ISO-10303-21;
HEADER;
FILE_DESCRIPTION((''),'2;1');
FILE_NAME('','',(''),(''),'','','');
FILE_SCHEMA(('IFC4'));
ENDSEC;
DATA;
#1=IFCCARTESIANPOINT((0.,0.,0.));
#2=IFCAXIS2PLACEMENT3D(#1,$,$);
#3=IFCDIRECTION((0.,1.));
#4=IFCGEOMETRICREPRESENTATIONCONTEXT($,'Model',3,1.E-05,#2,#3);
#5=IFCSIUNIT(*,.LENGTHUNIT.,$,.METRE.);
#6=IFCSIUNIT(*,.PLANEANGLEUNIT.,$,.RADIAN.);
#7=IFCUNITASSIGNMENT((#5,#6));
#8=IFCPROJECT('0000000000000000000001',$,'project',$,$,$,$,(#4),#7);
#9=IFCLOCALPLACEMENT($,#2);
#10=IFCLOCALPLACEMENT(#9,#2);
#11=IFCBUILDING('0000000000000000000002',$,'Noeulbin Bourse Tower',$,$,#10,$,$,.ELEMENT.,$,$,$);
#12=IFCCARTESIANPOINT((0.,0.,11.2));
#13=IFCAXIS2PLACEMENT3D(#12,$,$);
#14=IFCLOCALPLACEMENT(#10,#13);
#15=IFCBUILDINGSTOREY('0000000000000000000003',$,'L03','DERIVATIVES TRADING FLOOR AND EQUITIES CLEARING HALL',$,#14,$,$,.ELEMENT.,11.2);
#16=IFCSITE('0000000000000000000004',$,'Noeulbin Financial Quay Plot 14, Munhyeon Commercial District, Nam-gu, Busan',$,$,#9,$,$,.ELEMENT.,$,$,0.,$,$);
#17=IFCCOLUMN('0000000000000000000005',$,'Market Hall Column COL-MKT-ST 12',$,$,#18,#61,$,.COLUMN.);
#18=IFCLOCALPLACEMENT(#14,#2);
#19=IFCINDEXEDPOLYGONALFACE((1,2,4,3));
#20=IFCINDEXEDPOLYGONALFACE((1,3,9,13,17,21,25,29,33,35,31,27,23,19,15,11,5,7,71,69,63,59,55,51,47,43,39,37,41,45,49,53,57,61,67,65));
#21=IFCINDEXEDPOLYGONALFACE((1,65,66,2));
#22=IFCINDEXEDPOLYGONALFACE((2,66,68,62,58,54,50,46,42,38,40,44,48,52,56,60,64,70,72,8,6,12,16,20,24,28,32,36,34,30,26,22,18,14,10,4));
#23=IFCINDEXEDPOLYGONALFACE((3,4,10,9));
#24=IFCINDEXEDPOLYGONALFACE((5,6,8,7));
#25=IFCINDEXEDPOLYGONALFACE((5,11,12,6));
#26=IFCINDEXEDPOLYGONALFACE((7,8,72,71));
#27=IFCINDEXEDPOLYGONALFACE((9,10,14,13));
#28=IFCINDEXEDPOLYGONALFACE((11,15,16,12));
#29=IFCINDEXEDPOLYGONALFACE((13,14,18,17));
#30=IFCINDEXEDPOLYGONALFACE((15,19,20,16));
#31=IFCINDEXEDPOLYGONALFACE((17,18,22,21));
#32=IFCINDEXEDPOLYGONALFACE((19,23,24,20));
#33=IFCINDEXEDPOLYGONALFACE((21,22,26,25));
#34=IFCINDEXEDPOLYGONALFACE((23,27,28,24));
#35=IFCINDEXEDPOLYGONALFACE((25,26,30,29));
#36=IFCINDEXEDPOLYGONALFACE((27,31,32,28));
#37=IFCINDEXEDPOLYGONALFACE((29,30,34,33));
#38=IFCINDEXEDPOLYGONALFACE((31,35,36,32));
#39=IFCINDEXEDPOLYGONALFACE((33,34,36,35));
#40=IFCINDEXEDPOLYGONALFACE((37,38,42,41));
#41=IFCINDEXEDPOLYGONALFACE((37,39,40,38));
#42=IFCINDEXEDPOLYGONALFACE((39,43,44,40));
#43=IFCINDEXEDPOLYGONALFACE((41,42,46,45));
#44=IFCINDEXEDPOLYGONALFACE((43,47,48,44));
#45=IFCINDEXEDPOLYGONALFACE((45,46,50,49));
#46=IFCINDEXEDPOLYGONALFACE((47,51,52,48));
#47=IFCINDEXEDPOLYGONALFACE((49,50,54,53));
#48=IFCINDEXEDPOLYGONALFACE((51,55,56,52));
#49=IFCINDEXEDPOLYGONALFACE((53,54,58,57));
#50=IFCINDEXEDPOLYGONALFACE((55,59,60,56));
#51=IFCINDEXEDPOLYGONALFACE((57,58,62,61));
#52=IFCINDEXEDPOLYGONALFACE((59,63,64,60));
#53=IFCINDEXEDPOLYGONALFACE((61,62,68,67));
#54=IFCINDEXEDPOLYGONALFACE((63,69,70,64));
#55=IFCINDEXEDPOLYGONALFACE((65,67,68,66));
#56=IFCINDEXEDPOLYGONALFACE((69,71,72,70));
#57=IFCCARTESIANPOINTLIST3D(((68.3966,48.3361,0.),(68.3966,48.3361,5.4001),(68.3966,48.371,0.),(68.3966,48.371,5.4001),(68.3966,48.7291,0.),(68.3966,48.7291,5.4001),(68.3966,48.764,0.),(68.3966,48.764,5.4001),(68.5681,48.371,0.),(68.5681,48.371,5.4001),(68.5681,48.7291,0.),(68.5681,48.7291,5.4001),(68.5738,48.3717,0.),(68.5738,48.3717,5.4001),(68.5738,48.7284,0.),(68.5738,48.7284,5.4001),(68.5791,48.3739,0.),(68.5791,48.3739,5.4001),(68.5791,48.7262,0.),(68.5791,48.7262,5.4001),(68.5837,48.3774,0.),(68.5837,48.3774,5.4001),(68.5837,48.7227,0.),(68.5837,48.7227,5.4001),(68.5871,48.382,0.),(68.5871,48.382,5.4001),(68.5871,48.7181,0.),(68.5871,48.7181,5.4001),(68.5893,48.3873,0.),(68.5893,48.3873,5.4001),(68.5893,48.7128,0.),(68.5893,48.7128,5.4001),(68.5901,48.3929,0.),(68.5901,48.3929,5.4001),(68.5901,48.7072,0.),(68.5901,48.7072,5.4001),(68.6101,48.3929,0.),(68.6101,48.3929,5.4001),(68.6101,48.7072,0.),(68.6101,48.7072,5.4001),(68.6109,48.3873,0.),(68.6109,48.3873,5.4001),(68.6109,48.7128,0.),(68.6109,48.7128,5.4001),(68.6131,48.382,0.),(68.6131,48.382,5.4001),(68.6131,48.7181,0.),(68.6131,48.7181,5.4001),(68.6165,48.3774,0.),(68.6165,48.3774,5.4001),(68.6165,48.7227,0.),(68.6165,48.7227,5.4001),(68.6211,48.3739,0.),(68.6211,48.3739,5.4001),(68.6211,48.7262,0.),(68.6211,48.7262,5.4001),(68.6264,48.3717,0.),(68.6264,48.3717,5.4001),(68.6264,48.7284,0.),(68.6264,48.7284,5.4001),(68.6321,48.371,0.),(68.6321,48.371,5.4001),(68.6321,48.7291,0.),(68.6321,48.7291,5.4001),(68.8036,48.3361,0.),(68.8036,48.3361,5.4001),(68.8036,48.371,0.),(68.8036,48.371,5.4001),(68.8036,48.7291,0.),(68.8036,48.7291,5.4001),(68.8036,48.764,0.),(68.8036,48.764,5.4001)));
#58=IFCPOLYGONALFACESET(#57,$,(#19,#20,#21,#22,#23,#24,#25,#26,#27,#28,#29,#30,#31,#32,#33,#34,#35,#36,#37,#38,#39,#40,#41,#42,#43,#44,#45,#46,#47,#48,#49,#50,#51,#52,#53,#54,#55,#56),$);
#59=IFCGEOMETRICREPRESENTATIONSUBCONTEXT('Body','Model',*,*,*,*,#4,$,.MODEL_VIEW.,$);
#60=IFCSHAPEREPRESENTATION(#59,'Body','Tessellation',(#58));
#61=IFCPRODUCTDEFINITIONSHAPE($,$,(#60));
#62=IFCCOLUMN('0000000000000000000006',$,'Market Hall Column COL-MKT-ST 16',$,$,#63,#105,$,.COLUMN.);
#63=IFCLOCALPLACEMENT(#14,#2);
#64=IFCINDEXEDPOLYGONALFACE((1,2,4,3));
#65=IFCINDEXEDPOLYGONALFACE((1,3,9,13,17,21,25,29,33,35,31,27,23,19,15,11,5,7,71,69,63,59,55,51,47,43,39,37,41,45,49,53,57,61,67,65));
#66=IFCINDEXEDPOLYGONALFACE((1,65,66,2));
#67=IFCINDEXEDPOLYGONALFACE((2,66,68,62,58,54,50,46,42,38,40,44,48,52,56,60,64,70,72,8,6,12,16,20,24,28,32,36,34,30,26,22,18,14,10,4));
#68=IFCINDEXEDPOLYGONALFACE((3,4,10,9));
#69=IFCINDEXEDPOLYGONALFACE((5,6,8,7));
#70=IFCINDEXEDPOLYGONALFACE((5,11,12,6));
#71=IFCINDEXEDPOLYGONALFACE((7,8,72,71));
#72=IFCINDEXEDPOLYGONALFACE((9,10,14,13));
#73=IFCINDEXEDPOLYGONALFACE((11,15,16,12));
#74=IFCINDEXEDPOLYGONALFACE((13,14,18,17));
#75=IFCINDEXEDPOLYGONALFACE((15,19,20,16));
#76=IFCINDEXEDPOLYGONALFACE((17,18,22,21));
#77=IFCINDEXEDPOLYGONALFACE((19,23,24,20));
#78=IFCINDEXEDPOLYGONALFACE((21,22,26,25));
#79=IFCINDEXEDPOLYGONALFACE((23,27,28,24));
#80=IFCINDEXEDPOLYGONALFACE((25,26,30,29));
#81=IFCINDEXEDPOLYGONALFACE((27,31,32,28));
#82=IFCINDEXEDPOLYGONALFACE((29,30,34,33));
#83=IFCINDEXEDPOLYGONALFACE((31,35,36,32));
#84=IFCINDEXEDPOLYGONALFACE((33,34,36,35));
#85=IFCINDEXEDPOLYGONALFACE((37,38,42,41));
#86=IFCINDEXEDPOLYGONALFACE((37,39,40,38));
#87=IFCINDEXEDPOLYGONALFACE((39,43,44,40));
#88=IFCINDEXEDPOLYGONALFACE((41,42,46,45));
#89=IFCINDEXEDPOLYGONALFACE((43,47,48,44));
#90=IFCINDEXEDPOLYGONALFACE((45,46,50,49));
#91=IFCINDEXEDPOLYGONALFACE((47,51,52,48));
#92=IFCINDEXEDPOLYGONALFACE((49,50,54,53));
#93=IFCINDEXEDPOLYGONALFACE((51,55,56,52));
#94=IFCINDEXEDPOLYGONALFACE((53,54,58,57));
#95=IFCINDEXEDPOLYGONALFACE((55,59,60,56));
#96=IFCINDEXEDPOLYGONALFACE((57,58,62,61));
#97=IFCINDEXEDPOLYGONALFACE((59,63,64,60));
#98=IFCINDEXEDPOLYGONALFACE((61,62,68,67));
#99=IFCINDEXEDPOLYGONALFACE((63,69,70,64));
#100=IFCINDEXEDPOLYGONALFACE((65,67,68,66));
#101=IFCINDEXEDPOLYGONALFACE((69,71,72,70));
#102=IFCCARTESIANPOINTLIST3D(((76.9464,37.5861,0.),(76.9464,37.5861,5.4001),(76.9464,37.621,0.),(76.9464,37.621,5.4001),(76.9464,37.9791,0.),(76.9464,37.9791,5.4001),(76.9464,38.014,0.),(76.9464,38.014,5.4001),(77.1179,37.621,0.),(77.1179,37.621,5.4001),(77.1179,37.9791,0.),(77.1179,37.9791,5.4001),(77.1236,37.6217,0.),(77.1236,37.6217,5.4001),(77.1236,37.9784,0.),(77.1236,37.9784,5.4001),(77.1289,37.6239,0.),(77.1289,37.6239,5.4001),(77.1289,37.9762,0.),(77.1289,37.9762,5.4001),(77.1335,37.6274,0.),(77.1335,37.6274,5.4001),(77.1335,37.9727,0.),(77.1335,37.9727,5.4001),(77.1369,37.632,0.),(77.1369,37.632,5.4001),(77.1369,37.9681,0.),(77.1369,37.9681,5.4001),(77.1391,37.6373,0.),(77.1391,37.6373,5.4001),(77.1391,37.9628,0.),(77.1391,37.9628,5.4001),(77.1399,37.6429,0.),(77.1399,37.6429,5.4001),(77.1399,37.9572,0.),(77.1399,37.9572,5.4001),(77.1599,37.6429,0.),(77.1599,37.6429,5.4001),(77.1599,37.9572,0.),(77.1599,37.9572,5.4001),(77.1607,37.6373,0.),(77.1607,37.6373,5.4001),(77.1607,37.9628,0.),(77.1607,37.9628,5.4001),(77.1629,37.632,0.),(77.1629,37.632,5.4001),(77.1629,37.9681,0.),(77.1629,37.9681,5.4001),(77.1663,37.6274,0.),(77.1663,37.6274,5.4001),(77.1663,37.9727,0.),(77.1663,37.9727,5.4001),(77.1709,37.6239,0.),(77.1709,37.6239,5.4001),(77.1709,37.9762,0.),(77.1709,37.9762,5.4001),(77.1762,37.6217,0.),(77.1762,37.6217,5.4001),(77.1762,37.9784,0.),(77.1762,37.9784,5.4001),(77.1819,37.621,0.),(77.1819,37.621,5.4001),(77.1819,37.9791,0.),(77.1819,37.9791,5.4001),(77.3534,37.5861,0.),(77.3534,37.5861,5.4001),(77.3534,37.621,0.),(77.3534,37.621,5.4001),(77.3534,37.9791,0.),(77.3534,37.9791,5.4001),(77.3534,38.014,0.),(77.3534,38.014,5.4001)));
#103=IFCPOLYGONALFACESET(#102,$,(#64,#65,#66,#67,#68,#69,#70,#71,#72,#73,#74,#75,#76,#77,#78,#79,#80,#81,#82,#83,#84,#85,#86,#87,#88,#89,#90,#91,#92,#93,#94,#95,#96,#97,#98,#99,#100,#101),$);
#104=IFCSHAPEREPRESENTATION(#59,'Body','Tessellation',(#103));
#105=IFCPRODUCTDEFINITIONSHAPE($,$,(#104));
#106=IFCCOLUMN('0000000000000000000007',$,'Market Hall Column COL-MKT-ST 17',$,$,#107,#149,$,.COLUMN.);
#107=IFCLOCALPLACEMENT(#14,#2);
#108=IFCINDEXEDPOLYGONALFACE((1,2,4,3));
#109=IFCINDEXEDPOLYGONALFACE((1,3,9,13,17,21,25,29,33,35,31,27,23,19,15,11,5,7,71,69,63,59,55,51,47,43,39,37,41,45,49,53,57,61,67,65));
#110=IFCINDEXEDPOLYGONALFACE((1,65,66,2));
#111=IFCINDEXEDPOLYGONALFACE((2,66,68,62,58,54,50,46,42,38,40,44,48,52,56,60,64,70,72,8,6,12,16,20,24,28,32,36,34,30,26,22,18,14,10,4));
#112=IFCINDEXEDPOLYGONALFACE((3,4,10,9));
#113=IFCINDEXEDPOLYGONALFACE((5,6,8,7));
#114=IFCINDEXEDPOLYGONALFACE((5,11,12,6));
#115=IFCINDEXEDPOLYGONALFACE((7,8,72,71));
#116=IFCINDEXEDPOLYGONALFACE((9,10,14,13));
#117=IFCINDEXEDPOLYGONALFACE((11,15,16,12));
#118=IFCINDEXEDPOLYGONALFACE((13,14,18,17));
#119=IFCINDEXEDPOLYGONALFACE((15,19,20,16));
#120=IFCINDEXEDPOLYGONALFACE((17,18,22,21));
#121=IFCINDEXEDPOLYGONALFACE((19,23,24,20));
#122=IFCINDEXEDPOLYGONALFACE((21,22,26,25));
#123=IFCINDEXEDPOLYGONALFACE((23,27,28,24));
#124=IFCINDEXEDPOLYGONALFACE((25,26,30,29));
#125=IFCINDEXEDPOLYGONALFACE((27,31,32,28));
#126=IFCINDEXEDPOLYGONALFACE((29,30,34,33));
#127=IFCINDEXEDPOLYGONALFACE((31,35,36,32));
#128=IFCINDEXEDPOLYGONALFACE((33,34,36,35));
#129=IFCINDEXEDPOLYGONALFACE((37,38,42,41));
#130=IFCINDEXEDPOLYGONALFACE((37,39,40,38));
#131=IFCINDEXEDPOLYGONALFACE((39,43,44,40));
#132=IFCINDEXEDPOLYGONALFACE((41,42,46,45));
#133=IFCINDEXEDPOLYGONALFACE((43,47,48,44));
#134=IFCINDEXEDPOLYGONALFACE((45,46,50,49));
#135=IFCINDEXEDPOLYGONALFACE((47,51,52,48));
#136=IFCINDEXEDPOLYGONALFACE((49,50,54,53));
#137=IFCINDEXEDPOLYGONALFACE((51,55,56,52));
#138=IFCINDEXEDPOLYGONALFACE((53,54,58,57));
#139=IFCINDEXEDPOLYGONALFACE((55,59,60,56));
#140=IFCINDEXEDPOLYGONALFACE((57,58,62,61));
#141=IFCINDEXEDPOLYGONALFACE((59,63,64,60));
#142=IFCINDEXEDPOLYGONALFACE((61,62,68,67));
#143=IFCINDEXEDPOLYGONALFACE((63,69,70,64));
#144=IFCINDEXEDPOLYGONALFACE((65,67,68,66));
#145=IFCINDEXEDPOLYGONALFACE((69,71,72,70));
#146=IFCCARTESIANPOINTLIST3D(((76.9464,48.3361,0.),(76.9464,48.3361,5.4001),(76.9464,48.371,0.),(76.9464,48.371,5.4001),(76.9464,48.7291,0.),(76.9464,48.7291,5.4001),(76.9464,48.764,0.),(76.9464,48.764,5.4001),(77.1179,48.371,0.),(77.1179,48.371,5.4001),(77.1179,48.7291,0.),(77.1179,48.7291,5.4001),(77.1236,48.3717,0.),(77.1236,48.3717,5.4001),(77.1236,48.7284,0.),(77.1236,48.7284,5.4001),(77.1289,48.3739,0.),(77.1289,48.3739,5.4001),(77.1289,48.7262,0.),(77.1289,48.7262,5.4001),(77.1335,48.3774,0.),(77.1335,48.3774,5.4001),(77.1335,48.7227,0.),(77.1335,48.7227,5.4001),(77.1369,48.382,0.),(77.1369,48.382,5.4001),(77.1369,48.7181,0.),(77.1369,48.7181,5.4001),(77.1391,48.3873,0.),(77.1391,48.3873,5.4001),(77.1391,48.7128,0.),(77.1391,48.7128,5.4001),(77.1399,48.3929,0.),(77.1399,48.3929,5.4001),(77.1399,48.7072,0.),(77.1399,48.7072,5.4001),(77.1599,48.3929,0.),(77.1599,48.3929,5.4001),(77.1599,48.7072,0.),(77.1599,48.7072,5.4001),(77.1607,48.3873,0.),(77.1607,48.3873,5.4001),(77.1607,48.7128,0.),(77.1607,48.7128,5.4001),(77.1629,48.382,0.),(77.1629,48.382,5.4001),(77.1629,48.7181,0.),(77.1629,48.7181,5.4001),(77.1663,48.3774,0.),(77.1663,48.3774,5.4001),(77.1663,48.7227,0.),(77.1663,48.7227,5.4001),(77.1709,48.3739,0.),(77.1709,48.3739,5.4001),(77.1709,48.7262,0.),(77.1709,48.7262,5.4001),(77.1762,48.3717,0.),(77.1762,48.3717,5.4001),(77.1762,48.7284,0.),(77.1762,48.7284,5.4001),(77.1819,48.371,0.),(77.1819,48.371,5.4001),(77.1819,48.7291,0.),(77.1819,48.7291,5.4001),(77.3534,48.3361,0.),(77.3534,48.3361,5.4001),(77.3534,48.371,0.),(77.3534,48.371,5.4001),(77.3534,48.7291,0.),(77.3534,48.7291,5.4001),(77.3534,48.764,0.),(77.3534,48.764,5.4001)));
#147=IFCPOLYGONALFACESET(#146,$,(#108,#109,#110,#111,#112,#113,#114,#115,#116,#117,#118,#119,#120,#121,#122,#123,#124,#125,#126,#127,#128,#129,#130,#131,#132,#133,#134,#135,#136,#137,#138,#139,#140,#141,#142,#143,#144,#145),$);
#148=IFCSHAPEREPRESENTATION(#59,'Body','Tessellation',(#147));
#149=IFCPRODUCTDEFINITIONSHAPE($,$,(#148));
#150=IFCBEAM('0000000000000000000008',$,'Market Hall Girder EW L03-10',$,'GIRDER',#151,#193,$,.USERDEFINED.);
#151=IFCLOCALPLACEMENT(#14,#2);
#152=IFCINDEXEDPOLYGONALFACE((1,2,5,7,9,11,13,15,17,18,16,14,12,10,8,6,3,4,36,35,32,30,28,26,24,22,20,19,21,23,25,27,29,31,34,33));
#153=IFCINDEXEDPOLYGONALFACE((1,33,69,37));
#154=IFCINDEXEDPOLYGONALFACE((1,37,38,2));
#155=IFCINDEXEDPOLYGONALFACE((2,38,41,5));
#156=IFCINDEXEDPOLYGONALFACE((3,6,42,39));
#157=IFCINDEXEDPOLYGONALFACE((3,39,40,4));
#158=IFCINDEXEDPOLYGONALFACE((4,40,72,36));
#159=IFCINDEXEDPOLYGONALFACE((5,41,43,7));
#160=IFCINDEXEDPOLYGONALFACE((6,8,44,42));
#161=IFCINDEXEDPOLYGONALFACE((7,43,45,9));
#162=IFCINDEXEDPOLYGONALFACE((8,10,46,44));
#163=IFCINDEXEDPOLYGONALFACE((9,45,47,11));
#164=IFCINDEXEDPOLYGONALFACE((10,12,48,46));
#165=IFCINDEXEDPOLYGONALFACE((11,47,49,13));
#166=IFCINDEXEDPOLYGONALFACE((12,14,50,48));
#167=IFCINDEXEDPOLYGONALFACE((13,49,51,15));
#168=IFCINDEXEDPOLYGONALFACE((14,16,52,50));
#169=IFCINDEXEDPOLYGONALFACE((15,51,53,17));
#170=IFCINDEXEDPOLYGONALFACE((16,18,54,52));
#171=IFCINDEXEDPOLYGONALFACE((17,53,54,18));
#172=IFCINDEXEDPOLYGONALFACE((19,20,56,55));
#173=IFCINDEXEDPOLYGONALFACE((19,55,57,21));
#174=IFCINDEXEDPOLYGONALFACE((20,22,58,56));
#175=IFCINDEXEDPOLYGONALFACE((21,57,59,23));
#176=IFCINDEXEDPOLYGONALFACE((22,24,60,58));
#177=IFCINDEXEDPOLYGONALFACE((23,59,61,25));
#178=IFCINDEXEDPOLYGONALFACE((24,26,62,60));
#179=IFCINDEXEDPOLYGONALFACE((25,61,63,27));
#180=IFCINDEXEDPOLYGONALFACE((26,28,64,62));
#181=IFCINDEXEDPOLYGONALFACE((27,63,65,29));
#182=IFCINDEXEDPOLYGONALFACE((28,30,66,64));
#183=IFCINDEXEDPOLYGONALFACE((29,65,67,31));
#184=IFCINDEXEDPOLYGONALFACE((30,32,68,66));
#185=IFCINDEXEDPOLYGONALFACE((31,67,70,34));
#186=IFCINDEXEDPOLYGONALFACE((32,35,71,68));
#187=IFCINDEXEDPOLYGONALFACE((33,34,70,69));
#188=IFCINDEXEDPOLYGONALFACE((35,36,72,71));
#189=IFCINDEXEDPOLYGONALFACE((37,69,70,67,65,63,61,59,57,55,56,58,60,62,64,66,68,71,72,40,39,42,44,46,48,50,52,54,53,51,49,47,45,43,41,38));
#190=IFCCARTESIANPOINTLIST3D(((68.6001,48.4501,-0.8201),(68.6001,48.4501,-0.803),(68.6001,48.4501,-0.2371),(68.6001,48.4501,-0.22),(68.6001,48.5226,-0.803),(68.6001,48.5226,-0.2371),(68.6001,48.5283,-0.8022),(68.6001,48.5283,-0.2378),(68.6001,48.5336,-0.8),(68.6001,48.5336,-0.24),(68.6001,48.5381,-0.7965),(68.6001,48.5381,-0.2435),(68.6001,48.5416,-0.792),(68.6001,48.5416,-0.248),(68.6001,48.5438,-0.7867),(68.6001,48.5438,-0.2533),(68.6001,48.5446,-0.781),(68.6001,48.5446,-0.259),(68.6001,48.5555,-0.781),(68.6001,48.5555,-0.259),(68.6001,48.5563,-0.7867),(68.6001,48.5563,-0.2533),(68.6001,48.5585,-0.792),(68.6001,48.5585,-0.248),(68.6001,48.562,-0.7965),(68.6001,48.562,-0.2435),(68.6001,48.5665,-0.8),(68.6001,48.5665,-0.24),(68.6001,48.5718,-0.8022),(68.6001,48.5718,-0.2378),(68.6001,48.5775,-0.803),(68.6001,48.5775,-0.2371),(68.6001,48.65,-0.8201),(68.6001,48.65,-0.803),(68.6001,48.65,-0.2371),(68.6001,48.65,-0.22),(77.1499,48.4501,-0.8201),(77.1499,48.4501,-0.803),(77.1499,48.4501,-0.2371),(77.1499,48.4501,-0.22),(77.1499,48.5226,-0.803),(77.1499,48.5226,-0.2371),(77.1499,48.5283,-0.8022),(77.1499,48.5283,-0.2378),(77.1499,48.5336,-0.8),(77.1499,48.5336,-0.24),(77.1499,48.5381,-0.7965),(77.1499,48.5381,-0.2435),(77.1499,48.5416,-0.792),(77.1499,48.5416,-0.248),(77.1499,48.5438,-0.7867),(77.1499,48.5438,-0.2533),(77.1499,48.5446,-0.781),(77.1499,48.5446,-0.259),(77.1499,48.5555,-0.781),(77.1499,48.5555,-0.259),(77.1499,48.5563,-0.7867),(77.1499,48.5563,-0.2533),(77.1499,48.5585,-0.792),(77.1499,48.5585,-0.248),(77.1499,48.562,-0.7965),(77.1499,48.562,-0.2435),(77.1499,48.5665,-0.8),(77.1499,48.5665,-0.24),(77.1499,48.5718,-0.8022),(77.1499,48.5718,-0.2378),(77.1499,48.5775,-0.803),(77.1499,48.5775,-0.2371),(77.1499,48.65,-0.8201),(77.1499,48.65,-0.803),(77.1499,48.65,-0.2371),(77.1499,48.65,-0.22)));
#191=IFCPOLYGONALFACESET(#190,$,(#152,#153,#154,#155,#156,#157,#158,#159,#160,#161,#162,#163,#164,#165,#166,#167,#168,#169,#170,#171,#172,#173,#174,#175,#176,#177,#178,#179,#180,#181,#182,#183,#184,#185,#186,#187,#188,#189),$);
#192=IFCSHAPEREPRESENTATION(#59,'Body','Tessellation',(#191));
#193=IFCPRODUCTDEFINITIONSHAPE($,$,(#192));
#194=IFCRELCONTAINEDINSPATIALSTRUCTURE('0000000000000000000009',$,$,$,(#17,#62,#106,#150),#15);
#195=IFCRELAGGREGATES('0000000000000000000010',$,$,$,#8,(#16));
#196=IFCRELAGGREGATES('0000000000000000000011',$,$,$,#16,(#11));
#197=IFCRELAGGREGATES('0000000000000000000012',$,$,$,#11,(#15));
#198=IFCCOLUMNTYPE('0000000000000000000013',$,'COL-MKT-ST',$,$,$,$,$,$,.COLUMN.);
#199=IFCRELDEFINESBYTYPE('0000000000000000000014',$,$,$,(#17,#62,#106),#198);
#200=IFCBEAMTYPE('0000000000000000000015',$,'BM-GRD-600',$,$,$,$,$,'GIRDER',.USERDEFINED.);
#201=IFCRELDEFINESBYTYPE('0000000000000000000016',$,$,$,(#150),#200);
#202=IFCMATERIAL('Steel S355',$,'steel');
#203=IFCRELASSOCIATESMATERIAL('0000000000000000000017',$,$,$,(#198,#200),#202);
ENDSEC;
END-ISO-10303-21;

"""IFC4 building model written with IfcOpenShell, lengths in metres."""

from ifc_helpers import new_model, si_unit, direction, frame, origin, origin_2d, place, context, subcontext, project, spatial, i_section, extrude, material, material_profile, profile_set, type_object, element, save


model = new_model("IFC4")

# Units and contexts
model_context = context("Model", 3, precision=1e-05, world=origin(), true_north=direction((0.0, 1.0)))
body_context = subcontext(model_context, "Body", "Model", "MODEL_VIEW")
ifc_project = project(units=[si_unit("LENGTHUNIT", "METRE"), si_unit("PLANEANGLEUNIT", "RADIAN")], contexts=[model_context])

# Site, building, storey
site_placement = place(None, origin())
site = spatial("IfcSite", under=ifc_project, at=site_placement, Name="Noeulbin Financial Quay Plot 14, Munhyeon Commercial District, Nam-gu, Busan", CompositionType="ELEMENT", RefElevation=0.0)
building_placement = place(site_placement, origin())
building = spatial("IfcBuilding", under=site, at=building_placement, Name="Noeulbin Bourse Tower", CompositionType="ELEMENT")
storey_placement = place(building_placement, frame((0.0, 0.0, 11.2)))
storey = spatial("IfcBuildingStorey", under=building, at=storey_placement, Name="L03", Description="DERIVATIVES TRADING FLOOR AND EQUITIES CLEARING HALL", CompositionType="ELEMENT", Elevation=11.2)

# Columns
ifc_material_1 = material(Name="Steel S355", Category="steel")
ifc_material_profile_1 = material_profile(ifc_material_1, i_section(OverallWidth=0.407, OverallDepth=0.428, WebThickness=0.02, FlangeThickness=0.0349, FilletRadius=0.022, at=origin_2d()), Name="H-428x407x20x35", Category="LoadBearing")
ifc_profile_set_1 = profile_set([ifc_material_profile_1], Name="Steel S355")
column_type = type_object("IfcColumnType", Name="COL-MKT-ST", PredefinedType="COLUMN", material=ifc_profile_set_1)
for number, where, z_axis, x_axis, name in (
    (1, (68.6001, 48.55, 0.0), (0.0, 0.0, 1.0), (1.0, 0.0, 0.0), "Market Hall Column COL-MKT-ST 12"),
    (2, (77.1499, 37.8, 0.0), (0.0, 0.0, 1.0), (1.0, 0.0, 0.0), "Market Hall Column COL-MKT-ST 16"),
    (3, (77.1499, 48.55, 0.0), (0.0, 0.0, 1.0), (1.0, 0.0, 0.0), "Market Hall Column COL-MKT-ST 17"),
):
    element("IfcColumn", number, at=place(storey_placement, frame(where, z_axis=z_axis, x_axis=x_axis)), inside=storey, type_object=column_type, Name=name, PredefinedType="COLUMN", context=body_context, shape_type="SweptSolid", body=[
        extrude(i_section(OverallWidth=0.407, OverallDepth=0.428, WebThickness=0.02, FlangeThickness=0.0349, FilletRadius=0.022, at=origin_2d()), origin(), (0.0, 0.0, 1.0), 5.4001),
    ])

# Beam
ifc_material_profile_2 = material_profile(ifc_material_1, i_section(OverallWidth=0.2, OverallDepth=0.6001, WebThickness=0.011, FlangeThickness=0.0171, FilletRadius=0.022, at=origin_2d()), Name="H-600x200x11x17", Category="LoadBearing")
ifc_profile_set_2 = profile_set([ifc_material_profile_2], Name="Steel S355")
beam_type_1 = type_object("IfcBeamType", Name="BM-GRD-600", ElementType="GIRDER", PredefinedType="USERDEFINED", material=ifc_profile_set_2)
beam_1_placement = place(storey_placement, frame((68.6001, 48.55, -0.52), z_axis=(1.0, 0.0, 0.0), x_axis=(0.0, 1.0, 0.0)))
element("IfcBeam", 4, at=beam_1_placement, inside=storey, type_object=beam_type_1, Name="Market Hall Girder EW L03-10", ObjectType="GIRDER", PredefinedType="USERDEFINED", context=body_context, shape_type="SweptSolid", body=[
    extrude(i_section(OverallWidth=0.2, OverallDepth=0.6001, WebThickness=0.011, FlangeThickness=0.0171, FilletRadius=0.022, at=origin_2d()), origin(), (0.0, 0.0, 1.0), 8.5498),
])

save(model, "model.ifc")
